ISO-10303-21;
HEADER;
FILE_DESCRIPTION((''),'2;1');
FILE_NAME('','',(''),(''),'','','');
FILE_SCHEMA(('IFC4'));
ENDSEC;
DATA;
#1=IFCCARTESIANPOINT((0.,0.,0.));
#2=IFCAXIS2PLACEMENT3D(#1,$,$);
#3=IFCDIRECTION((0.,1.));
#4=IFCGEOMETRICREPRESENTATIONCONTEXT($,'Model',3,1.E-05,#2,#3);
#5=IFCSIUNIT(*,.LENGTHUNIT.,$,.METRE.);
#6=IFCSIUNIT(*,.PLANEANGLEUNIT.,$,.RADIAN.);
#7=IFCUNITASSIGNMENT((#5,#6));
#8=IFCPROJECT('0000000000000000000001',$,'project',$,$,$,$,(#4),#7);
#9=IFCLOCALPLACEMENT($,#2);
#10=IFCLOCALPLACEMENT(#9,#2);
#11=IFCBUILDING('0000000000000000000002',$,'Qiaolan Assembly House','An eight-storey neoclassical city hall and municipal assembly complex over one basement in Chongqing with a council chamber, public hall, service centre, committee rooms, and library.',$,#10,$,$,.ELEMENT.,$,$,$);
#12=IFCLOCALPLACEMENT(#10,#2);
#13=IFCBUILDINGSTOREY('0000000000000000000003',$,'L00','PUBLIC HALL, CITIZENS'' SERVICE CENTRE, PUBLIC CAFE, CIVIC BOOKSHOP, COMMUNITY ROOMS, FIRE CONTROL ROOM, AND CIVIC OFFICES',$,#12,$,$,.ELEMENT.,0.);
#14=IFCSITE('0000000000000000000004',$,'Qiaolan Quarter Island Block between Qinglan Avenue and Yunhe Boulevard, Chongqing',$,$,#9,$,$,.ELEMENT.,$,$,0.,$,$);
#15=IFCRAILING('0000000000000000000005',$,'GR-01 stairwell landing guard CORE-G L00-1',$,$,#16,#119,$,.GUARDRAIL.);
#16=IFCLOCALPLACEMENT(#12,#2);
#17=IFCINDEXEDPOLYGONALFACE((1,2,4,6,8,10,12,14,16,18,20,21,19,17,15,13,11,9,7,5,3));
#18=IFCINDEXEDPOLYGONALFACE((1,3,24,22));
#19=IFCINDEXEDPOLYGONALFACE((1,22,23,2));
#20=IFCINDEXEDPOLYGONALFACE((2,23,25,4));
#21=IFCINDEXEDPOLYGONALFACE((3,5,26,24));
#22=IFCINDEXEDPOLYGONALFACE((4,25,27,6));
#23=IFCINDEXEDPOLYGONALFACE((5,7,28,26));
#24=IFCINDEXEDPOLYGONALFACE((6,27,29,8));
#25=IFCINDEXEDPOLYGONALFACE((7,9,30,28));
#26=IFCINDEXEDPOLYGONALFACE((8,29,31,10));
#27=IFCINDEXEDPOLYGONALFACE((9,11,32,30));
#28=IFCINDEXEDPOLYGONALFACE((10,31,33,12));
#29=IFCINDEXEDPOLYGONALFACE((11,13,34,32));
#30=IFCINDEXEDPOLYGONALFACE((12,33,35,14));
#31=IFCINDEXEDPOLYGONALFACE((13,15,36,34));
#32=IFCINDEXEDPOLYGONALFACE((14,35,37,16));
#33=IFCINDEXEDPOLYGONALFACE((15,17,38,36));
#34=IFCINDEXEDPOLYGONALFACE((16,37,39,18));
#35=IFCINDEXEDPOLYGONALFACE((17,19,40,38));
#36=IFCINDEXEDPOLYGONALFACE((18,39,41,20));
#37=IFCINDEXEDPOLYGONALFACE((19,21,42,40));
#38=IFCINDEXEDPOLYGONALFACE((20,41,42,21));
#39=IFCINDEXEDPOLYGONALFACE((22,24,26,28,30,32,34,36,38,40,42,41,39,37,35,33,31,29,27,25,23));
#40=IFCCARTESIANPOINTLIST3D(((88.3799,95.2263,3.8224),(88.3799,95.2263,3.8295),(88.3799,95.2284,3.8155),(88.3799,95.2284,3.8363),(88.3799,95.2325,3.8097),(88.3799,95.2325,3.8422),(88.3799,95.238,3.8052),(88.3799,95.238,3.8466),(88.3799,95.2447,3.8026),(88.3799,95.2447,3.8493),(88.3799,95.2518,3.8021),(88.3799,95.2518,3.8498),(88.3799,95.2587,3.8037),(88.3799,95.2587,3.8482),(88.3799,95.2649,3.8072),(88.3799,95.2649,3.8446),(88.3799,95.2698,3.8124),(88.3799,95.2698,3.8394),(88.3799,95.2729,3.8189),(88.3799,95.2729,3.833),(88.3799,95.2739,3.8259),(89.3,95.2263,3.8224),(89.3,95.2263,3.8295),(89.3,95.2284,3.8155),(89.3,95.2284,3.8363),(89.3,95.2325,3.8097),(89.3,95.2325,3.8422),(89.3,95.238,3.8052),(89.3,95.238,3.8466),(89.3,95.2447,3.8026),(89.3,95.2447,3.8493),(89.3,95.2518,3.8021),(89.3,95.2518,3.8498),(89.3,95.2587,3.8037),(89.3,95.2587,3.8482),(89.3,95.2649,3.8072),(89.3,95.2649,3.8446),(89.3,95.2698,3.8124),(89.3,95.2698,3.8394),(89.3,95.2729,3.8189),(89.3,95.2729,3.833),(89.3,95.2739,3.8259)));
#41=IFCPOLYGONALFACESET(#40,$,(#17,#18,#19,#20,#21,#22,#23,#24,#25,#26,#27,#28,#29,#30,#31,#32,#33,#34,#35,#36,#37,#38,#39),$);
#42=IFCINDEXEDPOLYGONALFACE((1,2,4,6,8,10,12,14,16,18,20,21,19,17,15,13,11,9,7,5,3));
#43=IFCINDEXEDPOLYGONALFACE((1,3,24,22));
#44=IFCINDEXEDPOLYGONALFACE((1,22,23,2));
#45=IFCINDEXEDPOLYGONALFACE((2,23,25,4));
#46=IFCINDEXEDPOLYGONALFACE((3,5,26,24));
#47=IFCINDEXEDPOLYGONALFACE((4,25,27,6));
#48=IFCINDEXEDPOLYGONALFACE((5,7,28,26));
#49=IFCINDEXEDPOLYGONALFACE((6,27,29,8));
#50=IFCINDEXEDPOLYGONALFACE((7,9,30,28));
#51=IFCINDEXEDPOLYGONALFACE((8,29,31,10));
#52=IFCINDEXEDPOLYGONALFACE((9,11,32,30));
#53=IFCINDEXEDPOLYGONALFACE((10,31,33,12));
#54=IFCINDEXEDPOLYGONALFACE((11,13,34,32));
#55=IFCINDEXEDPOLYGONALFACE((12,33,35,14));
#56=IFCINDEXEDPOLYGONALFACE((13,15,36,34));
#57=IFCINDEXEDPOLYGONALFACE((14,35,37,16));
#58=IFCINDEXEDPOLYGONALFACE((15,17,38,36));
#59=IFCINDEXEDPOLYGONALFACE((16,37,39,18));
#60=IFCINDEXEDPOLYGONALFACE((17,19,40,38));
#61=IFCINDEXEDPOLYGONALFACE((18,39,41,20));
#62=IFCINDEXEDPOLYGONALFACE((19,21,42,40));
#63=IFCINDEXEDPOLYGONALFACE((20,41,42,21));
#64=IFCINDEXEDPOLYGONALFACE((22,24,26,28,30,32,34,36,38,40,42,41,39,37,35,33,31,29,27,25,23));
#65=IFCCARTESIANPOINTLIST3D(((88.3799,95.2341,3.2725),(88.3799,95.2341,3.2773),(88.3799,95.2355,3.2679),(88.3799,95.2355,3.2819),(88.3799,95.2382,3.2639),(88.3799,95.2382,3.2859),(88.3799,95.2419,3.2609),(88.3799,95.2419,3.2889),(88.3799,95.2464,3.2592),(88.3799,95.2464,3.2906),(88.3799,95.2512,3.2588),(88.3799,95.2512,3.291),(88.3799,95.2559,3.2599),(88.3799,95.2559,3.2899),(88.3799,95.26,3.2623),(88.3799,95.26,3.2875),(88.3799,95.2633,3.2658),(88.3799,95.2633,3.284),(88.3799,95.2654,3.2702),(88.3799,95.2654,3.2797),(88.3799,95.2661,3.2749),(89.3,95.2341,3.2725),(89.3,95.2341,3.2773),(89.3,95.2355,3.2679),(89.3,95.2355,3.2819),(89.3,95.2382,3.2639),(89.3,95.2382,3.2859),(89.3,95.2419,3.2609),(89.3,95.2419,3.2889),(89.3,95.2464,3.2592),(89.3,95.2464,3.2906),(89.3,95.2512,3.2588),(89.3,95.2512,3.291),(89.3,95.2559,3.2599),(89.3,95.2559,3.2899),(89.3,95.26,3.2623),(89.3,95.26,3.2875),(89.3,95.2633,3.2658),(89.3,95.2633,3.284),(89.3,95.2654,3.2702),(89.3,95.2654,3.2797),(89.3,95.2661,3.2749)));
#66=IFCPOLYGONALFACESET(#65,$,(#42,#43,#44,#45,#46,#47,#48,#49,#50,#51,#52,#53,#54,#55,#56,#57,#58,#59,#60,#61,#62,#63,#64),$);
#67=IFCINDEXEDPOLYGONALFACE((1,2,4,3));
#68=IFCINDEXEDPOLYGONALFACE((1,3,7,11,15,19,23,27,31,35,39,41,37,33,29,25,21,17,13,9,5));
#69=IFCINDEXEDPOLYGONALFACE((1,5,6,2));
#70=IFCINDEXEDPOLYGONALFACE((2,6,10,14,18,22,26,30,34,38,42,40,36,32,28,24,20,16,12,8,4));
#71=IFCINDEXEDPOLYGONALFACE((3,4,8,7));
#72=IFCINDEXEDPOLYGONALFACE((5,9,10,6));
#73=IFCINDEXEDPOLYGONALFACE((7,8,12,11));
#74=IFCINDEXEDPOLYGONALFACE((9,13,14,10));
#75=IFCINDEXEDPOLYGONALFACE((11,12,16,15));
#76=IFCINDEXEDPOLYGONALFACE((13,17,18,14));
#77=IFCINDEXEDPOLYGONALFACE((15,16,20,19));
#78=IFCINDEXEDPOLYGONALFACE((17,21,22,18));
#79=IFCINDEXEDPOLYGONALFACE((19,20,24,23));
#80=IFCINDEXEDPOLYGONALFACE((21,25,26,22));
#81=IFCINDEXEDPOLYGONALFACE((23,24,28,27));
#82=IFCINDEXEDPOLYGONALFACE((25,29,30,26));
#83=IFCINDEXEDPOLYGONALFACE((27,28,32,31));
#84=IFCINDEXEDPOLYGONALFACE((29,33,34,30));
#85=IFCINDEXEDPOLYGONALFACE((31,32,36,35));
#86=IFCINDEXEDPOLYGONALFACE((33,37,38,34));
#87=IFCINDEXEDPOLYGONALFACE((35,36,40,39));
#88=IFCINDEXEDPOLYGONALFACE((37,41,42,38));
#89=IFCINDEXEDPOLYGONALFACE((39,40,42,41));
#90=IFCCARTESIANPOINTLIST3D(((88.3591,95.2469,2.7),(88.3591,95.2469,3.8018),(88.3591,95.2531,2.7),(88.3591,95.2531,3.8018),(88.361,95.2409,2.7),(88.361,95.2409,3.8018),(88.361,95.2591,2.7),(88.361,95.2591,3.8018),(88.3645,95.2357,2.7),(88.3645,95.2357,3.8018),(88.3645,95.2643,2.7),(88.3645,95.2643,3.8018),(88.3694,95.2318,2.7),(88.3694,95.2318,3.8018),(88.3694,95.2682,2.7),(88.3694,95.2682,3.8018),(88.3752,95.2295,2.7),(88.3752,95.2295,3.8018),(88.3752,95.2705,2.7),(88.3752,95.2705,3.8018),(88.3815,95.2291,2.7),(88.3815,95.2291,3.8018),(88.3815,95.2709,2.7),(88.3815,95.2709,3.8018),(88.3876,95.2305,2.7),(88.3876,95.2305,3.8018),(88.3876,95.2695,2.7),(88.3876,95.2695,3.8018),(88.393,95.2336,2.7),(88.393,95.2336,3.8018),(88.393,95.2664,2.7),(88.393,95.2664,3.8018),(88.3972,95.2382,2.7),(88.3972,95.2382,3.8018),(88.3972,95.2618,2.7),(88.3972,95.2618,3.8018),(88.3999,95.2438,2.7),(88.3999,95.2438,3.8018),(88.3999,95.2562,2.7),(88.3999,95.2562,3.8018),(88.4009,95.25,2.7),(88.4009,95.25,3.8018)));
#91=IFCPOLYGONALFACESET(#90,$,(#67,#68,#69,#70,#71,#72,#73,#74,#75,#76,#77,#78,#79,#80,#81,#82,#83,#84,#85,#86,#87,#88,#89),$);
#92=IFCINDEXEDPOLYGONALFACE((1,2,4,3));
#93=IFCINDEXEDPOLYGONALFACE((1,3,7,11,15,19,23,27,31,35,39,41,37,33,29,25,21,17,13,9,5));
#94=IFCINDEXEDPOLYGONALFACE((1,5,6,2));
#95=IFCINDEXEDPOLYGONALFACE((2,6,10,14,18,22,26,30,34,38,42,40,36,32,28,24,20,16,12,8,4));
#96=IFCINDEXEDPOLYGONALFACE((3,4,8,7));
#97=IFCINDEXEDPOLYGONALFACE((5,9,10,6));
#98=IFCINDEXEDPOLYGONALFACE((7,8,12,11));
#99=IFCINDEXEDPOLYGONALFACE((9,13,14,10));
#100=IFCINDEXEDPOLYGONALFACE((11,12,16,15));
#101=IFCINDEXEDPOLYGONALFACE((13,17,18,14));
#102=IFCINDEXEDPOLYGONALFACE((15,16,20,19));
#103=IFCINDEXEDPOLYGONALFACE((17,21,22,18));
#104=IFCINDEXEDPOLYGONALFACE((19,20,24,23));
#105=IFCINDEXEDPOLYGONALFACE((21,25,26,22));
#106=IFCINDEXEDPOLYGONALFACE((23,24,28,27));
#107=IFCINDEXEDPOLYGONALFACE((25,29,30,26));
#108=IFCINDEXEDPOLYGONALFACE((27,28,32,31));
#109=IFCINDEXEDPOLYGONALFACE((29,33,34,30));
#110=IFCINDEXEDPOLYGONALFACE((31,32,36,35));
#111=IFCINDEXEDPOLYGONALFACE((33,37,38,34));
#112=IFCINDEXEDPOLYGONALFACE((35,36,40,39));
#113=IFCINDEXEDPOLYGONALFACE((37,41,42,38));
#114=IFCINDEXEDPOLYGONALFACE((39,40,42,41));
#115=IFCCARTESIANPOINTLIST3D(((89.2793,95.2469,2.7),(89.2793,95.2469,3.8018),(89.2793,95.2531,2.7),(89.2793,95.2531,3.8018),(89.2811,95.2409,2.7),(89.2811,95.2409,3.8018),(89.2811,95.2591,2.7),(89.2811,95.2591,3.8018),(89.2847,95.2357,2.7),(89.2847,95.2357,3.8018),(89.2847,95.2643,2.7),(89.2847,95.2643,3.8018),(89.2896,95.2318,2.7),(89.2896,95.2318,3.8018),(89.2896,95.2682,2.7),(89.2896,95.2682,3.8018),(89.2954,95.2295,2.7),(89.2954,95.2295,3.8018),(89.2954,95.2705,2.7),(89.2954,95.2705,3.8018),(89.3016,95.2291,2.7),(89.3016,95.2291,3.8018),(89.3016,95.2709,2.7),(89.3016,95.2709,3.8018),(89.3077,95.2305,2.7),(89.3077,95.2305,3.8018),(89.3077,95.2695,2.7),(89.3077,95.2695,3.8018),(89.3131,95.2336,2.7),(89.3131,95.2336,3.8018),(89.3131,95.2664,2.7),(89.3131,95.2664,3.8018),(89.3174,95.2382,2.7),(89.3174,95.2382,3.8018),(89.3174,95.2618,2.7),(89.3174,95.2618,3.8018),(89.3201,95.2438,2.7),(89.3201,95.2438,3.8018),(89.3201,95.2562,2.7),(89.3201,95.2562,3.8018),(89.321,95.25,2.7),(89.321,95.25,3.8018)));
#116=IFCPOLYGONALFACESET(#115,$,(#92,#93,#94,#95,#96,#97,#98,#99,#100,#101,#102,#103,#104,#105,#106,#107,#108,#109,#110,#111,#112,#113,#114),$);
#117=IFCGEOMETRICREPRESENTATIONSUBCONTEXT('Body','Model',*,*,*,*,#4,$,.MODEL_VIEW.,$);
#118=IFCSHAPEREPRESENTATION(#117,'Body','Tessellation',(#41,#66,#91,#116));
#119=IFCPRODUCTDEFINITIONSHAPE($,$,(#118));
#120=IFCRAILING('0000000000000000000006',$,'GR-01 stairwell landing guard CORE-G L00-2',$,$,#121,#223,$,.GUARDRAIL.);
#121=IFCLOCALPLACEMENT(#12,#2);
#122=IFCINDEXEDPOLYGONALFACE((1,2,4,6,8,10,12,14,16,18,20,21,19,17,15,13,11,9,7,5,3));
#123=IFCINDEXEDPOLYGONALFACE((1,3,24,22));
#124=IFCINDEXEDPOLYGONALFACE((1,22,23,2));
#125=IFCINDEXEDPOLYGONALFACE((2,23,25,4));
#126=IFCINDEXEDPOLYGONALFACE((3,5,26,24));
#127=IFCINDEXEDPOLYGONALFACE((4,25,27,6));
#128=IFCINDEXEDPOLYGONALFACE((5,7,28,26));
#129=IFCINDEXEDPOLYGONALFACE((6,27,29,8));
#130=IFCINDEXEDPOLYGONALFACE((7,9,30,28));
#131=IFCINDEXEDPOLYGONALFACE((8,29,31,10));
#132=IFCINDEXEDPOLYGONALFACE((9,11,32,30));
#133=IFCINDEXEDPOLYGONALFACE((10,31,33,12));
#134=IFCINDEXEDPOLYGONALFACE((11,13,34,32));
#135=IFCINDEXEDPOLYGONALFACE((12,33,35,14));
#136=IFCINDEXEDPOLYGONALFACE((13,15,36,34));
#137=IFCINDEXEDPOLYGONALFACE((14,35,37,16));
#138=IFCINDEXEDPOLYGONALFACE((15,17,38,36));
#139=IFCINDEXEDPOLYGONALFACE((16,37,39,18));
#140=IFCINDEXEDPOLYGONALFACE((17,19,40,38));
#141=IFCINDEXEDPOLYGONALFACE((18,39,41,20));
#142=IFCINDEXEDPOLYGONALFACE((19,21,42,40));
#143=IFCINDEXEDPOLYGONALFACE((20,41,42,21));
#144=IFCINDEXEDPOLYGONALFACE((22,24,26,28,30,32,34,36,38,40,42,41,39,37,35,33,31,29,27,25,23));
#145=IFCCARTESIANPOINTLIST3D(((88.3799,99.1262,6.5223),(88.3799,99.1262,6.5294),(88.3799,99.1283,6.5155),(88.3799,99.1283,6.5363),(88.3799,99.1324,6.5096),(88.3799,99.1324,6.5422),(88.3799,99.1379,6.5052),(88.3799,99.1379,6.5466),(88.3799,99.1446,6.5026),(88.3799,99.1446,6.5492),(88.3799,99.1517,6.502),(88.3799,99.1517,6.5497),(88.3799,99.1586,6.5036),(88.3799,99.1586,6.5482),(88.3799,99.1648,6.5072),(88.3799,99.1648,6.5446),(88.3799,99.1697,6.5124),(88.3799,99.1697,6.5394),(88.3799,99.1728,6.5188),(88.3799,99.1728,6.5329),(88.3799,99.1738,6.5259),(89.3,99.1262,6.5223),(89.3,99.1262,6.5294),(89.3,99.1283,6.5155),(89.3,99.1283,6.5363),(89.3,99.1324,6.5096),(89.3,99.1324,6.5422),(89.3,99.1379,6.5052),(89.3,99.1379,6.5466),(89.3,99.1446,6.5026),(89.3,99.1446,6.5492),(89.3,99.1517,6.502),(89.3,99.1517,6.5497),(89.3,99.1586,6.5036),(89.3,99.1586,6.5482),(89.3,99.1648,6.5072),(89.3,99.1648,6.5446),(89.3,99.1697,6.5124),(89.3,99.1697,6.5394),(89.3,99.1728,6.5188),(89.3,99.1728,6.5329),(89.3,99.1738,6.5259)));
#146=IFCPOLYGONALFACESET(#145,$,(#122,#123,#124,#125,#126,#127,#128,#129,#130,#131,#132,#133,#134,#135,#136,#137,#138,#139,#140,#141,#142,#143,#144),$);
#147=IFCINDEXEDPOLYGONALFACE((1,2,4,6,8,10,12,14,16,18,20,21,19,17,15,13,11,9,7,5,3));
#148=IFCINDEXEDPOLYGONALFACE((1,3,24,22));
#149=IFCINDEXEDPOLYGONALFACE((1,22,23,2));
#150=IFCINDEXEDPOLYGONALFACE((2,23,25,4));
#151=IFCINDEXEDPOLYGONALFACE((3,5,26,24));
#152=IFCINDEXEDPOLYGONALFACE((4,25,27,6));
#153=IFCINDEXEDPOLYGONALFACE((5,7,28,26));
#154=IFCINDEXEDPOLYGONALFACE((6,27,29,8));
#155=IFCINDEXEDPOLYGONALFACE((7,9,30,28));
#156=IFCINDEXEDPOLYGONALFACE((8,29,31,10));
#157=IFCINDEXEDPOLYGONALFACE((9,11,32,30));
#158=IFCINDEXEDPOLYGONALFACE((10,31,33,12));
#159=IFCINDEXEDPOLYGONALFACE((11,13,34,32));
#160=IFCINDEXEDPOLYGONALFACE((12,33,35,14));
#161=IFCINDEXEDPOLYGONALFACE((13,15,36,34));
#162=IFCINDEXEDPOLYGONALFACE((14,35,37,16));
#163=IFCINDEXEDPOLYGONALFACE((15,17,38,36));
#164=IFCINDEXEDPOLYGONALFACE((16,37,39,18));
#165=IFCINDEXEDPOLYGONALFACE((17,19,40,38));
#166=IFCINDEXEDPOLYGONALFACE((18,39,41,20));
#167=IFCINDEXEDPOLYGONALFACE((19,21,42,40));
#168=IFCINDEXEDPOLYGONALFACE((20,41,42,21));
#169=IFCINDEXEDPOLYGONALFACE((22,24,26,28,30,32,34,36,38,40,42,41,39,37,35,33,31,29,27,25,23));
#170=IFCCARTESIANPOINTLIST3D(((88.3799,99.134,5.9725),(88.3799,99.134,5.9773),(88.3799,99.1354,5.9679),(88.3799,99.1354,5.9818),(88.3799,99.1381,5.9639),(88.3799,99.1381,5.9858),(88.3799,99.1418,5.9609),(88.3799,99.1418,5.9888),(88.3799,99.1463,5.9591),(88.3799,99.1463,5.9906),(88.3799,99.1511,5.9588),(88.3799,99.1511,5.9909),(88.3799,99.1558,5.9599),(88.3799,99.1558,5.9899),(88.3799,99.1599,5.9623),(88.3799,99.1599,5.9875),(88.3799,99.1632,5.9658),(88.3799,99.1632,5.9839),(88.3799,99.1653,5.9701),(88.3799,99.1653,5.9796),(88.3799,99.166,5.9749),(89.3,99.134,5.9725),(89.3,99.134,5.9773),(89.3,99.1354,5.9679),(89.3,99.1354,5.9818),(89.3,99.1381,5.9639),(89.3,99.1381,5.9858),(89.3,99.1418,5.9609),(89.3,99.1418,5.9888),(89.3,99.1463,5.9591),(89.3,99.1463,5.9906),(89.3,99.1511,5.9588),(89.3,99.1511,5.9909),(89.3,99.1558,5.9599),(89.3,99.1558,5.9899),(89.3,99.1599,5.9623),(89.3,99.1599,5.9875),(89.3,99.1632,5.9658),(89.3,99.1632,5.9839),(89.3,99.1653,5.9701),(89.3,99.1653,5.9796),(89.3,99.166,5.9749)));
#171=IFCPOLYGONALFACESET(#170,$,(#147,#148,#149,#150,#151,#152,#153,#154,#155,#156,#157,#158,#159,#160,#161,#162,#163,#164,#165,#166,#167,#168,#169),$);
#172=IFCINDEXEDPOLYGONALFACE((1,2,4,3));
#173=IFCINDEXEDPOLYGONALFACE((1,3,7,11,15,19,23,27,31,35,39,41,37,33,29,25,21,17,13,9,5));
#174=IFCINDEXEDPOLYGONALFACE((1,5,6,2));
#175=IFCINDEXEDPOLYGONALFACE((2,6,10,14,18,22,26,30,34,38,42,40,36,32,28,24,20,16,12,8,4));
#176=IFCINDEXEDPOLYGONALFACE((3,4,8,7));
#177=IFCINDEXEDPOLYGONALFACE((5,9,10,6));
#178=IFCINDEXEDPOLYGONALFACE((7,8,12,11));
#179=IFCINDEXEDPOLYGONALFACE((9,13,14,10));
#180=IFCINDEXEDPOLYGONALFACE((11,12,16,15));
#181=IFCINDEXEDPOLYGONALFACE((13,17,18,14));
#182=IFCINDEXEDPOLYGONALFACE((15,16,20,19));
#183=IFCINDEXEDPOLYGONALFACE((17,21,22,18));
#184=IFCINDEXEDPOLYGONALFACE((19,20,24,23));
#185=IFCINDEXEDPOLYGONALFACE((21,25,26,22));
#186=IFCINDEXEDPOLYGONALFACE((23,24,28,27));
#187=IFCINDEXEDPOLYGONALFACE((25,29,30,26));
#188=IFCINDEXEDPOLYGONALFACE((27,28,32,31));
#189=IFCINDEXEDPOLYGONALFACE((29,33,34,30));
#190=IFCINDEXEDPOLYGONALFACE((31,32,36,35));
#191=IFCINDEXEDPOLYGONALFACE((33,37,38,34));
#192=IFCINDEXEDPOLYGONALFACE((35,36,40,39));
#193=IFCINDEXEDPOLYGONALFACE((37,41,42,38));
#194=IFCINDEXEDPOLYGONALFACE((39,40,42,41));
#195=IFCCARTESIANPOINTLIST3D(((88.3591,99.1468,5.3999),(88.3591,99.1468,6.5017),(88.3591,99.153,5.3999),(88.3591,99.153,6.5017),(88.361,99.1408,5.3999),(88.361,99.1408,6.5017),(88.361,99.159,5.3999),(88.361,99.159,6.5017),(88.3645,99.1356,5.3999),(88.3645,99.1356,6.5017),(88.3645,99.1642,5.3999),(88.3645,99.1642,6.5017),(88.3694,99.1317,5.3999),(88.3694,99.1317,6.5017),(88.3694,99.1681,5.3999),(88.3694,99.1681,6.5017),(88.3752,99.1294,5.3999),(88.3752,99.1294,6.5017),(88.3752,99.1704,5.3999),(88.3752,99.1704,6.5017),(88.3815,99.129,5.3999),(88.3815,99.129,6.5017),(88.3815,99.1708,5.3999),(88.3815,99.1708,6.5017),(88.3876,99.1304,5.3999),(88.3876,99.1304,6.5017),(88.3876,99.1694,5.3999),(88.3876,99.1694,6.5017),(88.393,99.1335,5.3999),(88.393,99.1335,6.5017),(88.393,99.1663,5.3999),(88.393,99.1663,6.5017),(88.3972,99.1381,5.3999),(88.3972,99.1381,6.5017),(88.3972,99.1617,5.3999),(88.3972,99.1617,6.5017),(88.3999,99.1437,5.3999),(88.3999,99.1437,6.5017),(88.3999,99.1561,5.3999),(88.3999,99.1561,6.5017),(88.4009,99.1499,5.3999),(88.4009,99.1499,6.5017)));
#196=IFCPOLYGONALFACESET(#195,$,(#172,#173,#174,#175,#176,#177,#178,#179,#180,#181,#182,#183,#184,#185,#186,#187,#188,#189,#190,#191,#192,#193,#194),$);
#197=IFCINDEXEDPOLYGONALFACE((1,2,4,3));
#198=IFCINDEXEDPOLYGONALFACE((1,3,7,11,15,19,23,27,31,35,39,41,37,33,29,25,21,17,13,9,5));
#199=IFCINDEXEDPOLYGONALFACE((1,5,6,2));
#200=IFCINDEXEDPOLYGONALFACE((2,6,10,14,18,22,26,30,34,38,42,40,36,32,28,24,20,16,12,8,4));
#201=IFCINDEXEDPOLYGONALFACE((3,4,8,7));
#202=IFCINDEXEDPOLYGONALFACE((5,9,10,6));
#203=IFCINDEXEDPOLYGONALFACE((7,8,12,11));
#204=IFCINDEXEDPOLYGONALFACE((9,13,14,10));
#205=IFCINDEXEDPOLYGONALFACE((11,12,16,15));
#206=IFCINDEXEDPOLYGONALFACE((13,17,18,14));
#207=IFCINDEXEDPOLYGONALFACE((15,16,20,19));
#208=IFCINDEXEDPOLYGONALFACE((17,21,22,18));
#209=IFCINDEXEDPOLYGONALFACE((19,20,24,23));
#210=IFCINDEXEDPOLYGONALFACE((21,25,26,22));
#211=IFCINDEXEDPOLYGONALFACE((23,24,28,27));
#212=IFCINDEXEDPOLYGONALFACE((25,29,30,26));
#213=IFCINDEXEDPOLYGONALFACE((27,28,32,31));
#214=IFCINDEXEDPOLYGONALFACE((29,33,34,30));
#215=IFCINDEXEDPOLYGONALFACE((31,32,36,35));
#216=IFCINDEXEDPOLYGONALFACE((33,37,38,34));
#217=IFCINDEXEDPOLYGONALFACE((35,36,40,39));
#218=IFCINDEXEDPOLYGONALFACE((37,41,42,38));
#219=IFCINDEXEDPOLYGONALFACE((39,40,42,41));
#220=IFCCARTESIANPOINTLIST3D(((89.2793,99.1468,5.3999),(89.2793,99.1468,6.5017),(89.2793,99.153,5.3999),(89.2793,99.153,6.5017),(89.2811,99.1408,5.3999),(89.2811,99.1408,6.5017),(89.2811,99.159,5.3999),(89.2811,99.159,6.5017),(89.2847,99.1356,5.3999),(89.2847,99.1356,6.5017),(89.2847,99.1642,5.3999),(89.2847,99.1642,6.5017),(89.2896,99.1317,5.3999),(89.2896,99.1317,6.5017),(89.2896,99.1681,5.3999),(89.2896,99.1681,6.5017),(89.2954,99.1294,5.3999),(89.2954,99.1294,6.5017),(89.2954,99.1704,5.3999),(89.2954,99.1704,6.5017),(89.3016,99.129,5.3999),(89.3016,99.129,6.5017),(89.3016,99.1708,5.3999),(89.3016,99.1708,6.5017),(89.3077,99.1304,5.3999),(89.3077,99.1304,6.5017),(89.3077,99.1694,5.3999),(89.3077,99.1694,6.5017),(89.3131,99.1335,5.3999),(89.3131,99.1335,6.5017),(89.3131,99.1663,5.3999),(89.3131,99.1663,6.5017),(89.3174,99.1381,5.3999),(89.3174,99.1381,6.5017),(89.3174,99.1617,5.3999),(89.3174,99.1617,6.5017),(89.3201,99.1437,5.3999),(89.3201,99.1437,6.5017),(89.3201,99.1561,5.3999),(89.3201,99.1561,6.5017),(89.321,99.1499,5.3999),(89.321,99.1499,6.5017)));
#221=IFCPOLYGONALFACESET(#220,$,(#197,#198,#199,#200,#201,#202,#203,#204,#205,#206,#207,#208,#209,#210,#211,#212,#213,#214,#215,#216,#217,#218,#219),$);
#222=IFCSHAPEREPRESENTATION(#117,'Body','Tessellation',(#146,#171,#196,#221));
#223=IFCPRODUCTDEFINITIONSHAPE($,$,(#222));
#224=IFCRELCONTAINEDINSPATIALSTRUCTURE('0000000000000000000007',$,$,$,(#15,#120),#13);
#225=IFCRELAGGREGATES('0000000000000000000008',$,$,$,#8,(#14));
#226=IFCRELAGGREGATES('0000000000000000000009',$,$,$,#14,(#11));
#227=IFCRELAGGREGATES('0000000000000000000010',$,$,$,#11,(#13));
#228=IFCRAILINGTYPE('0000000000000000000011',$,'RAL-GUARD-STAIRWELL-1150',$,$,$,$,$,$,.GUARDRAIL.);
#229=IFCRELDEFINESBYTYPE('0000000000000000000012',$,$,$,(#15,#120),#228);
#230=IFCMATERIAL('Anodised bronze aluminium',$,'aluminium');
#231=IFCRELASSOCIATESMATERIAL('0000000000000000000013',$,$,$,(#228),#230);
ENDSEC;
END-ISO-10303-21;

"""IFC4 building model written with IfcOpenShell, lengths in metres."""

from ifc_helpers import new_model, si_unit, direction, frame, origin, origin_2d, place, context, subcontext, project, spatial, circle, extrude, material, type_object, element, save


model = new_model("IFC4")

# Units and contexts
model_context = context("Model", 3, precision=1e-05, world=origin(), true_north=direction((0.0, 1.0)))
body_context = subcontext(model_context, "Body", "Model", "MODEL_VIEW")
ifc_project = project(units=[si_unit("LENGTHUNIT", "METRE"), si_unit("PLANEANGLEUNIT", "RADIAN")], contexts=[model_context])

# Site, building, storey
site_placement = place(None, origin())
site = spatial("IfcSite", under=ifc_project, at=site_placement, Name="Qiaolan Quarter Island Block between Qinglan Avenue and Yunhe Boulevard, Chongqing", CompositionType="ELEMENT", RefElevation=0.0)
building_placement = place(site_placement, origin())
building = spatial("IfcBuilding", under=site, at=building_placement, Name="Qiaolan Assembly House", Description="An eight-storey neoclassical city hall and municipal assembly complex over one basement in Chongqing with a council chamber, public hall, service centre, committee rooms, and library.", CompositionType="ELEMENT")
storey_placement = place(building_placement, origin())
storey = spatial("IfcBuildingStorey", under=building, at=storey_placement, Name="L00", Description="PUBLIC HALL, CITIZENS' SERVICE CENTRE, PUBLIC CAFE, CIVIC BOOKSHOP, COMMUNITY ROOMS, FIRE CONTROL ROOM, AND CIVIC OFFICES", CompositionType="ELEMENT", Elevation=0.0)

# Shared definitions
ifc_material_1 = material(Name="Anodised bronze aluminium", Category="aluminium")

# Railings
railing_type_1 = type_object("IfcRailingType", Name="RAL-GUARD-STAIRWELL-1150", PredefinedType="GUARDRAIL", material=ifc_material_1)
for number, where, name in (
    (1, (88.3799, 95.25, 2.7), "GR-01 stairwell landing guard CORE-G L00-1"),
    (2, (88.3799, 99.1499, 5.3999), "GR-01 stairwell landing guard CORE-G L00-2"),
):
    element("IfcRailing", number, at=place(storey_placement, frame(where)), inside=storey, type_object=railing_type_1, Name=name, PredefinedType="GUARDRAIL", context=body_context, shape_type="SweptSolid", body=[
        extrude(circle(Radius=0.0239, at=origin_2d()), frame((0.0, 0.0, 1.126), z_axis=(1.0, 0.0, 0.0), x_axis=(0.0, 1.0, 0.0)), (0.0, 0.0, 1.0), 0.9202),
        extrude(circle(Radius=0.0161, at=origin_2d()), frame((0.0, 0.0, 0.575), z_axis=(1.0, 0.0, 0.0), x_axis=(0.0, 1.0, 0.0)), (0.0, 0.0, 1.0), 0.9202),
        extrude(circle(Radius=0.021, at=origin_2d()), origin(), (0.0, 0.0, 1.0), 1.1018),
        extrude(circle(Radius=0.021, at=origin_2d()), frame((0.9202, 0.0, 0.0)), (0.0, 0.0, 1.0), 1.1018),
    ])

save(model, "model.ifc")
